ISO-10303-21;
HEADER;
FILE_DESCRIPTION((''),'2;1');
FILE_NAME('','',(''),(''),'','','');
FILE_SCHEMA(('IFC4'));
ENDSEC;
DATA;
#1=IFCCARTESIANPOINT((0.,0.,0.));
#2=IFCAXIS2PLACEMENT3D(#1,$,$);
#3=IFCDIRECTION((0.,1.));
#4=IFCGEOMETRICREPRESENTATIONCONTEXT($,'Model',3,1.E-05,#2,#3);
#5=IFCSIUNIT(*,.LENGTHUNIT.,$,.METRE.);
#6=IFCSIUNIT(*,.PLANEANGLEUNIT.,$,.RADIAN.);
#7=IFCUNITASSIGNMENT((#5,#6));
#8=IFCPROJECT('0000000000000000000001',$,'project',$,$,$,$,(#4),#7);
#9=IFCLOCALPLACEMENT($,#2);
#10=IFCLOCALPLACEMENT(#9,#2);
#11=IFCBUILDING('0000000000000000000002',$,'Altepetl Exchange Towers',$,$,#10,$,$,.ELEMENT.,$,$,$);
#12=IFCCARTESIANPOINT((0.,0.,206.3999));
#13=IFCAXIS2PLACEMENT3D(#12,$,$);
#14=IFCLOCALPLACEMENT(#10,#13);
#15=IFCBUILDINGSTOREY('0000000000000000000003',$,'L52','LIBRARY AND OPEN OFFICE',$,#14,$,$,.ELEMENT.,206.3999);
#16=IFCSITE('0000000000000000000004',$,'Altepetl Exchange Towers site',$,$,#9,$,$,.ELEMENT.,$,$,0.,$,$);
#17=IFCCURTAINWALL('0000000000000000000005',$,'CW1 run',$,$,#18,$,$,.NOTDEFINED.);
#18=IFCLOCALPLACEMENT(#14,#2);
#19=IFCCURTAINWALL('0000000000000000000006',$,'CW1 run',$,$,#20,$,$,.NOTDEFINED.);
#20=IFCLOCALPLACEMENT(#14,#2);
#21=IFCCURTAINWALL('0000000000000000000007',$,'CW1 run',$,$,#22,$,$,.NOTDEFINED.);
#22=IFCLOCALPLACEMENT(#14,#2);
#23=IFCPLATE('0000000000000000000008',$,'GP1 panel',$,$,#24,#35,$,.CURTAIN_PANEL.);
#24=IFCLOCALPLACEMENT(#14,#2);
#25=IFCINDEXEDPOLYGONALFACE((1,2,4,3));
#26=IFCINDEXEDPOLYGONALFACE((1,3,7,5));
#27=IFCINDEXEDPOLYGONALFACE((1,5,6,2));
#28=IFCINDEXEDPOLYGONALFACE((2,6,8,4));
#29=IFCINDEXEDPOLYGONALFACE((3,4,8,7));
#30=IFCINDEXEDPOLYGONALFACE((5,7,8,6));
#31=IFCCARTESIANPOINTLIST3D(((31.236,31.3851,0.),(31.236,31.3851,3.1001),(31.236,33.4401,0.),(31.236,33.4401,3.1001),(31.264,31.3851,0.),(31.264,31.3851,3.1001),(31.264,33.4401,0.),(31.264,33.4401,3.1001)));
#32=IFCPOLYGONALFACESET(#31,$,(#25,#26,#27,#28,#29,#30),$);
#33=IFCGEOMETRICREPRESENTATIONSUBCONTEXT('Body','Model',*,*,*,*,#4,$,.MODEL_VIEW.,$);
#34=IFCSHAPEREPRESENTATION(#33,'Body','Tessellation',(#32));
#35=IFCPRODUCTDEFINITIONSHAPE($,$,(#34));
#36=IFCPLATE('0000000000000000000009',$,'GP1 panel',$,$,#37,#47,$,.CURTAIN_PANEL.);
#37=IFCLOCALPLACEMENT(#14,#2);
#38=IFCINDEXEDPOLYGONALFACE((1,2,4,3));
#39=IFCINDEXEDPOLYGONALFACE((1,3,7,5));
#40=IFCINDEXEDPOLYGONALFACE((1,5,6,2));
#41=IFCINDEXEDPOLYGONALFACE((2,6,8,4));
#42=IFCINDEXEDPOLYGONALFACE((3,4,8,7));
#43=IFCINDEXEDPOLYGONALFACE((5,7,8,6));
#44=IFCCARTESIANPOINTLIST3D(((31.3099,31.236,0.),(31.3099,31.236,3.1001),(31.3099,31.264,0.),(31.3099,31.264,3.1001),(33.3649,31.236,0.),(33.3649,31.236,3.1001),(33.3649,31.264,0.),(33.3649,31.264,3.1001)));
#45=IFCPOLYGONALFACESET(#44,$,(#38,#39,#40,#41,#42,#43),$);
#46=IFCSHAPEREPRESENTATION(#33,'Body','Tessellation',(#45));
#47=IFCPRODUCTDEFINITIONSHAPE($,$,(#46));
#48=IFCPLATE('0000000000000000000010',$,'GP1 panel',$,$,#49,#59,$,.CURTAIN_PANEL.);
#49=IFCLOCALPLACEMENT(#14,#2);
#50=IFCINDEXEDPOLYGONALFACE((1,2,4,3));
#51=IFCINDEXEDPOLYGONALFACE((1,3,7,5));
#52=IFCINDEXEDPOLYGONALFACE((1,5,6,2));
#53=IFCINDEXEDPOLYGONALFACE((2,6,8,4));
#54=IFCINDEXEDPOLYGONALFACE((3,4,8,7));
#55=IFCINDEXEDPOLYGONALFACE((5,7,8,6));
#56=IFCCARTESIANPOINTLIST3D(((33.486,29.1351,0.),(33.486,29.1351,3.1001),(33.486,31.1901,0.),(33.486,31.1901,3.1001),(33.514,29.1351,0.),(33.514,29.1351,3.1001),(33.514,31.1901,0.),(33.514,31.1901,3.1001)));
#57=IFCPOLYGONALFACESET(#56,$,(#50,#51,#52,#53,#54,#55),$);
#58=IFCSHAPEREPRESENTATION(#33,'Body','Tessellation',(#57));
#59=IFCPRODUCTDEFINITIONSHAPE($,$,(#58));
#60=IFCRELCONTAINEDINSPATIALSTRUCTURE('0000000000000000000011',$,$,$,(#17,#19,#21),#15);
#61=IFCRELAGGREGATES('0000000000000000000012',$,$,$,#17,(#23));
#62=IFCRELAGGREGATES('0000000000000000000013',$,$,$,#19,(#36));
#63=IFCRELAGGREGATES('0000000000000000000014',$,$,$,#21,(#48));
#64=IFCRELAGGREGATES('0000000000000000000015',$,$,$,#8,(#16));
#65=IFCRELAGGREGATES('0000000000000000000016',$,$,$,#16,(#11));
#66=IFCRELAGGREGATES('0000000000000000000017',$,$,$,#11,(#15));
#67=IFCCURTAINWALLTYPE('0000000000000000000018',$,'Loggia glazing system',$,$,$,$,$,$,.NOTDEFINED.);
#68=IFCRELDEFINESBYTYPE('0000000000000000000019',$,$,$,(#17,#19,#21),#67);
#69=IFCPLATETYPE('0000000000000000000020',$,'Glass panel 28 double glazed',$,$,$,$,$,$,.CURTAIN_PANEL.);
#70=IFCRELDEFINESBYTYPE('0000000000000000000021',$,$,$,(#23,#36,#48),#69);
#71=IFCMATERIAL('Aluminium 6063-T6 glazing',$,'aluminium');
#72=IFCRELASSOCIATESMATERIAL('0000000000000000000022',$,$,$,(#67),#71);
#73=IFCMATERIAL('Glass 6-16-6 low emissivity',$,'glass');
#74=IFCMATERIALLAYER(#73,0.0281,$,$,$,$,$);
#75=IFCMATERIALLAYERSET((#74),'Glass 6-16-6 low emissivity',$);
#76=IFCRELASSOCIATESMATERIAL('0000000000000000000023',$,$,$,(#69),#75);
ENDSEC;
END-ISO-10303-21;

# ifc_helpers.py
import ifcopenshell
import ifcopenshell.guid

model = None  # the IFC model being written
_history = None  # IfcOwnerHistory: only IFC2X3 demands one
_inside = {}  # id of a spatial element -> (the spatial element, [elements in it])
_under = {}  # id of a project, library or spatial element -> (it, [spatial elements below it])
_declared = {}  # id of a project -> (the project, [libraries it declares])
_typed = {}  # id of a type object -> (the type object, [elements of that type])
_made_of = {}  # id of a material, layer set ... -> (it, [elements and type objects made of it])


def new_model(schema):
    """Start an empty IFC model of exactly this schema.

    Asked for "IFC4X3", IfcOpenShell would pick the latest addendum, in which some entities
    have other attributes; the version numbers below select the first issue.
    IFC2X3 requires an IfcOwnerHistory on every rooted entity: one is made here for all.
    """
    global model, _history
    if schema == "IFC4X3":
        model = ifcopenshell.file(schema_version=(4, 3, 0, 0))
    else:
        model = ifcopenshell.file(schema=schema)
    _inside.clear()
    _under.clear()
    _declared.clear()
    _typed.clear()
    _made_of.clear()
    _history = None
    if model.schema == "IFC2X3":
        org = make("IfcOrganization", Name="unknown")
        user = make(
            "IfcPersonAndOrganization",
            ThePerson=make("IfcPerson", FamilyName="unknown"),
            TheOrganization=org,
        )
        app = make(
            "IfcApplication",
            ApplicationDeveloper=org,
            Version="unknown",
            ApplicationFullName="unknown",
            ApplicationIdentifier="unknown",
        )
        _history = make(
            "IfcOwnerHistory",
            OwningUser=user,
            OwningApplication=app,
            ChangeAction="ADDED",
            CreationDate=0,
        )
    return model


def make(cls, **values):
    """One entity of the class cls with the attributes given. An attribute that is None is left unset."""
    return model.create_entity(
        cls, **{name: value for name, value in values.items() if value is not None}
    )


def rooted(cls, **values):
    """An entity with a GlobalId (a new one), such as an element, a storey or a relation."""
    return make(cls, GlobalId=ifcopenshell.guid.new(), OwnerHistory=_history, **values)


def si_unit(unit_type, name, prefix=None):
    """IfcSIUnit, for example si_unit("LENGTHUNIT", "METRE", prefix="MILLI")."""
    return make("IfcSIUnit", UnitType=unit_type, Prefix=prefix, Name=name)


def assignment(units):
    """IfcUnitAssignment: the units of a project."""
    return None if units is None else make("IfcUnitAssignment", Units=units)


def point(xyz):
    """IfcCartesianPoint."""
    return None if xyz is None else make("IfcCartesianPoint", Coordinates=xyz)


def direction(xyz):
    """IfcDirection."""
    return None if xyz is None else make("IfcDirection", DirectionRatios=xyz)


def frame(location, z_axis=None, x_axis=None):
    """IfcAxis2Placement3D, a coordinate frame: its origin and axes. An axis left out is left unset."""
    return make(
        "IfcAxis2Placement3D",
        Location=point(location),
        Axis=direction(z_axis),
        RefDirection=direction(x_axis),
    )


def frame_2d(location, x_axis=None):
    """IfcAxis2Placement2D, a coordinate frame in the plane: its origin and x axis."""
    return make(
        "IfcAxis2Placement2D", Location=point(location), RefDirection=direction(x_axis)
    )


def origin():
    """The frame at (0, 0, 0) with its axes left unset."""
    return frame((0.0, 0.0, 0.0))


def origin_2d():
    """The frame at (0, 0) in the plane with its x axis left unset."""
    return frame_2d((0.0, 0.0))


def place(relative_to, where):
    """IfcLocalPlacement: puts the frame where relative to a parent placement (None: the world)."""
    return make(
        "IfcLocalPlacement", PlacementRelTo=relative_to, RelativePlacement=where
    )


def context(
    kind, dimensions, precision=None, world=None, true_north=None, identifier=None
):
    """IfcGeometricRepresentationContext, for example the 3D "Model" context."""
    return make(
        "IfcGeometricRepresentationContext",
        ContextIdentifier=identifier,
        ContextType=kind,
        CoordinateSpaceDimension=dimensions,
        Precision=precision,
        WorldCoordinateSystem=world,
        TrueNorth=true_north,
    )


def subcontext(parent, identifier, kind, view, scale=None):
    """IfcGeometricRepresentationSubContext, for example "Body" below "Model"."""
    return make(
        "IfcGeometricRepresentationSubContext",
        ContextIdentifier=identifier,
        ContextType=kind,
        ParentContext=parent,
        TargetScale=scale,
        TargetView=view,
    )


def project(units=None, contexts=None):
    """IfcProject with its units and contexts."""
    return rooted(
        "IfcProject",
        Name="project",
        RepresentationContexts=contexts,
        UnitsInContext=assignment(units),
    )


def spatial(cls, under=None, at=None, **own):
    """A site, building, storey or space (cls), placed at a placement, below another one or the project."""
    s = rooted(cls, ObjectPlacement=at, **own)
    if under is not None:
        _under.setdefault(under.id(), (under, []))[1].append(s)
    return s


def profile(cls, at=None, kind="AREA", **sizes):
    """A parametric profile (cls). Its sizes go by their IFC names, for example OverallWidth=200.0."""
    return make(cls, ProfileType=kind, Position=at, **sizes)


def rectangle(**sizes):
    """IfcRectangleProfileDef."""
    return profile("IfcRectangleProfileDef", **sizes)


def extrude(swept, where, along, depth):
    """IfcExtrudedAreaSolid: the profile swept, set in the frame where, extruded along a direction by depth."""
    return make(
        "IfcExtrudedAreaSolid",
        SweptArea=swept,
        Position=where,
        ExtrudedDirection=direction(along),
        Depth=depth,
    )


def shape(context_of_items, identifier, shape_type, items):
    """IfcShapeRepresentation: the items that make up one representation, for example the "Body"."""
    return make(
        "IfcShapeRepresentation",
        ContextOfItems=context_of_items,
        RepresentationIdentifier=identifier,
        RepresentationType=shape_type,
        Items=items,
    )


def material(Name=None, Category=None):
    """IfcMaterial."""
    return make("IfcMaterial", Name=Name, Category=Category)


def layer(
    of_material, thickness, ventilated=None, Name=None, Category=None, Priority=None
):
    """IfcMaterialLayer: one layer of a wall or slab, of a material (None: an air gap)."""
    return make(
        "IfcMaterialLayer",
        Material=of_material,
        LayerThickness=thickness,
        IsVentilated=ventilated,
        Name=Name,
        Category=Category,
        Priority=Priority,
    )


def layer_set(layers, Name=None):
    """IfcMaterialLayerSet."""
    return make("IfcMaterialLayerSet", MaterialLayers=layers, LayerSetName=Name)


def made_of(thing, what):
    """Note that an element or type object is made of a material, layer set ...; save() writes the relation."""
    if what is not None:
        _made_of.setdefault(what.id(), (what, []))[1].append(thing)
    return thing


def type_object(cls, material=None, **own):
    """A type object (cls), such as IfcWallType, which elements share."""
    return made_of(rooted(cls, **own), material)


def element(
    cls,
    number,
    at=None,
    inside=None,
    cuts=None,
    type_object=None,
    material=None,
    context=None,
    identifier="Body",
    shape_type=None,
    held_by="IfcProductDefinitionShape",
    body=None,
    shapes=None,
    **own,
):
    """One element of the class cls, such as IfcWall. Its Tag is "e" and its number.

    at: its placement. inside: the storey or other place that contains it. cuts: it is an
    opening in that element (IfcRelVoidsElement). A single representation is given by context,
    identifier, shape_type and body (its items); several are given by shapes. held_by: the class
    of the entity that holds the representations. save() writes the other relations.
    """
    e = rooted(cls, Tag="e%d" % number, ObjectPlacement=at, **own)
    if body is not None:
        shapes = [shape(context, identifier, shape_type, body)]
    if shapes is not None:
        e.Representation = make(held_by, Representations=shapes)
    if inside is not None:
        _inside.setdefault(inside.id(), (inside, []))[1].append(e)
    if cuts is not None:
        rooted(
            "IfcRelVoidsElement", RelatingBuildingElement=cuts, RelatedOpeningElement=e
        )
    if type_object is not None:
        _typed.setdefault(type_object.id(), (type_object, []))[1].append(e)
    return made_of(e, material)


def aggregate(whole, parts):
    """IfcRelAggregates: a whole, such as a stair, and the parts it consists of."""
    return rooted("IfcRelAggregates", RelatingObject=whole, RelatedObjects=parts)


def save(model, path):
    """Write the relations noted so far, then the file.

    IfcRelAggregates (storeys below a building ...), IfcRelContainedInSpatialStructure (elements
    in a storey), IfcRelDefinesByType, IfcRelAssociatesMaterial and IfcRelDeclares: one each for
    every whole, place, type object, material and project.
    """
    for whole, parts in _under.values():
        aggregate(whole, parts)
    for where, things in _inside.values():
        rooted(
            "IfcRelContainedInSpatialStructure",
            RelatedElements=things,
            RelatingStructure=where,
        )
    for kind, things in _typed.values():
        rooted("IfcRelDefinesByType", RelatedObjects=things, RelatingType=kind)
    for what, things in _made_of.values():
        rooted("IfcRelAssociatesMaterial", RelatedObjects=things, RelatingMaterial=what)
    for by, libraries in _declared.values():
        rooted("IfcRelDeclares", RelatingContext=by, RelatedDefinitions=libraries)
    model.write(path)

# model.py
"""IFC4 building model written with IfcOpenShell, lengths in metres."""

from ifc_helpers import new_model, si_unit, direction, frame, origin, origin_2d, place, context, subcontext, project, spatial, rectangle, extrude, material, layer, layer_set, type_object, element, aggregate, save


model = new_model("IFC4")

# Units and contexts
model_context = context("Model", 3, precision=1e-05, world=origin(), true_north=direction((0.0, 1.0)))
body_context = subcontext(model_context, "Body", "Model", "MODEL_VIEW")
ifc_project = project(units=[si_unit("LENGTHUNIT", "METRE"), si_unit("PLANEANGLEUNIT", "RADIAN")], contexts=[model_context])

# Site, building, storey
site_placement = place(None, origin())
site = spatial("IfcSite", under=ifc_project, at=site_placement, Name="Altepetl Exchange Towers site", CompositionType="ELEMENT", RefElevation=0.0)
building_placement = place(site_placement, origin())
building = spatial("IfcBuilding", under=site, at=building_placement, Name="Altepetl Exchange Towers", CompositionType="ELEMENT")
storey_placement = place(building_placement, frame((0.0, 0.0, 206.3999)))
storey = spatial("IfcBuildingStorey", under=building, at=storey_placement, Name="L52", Description="LIBRARY AND OPEN OFFICE", CompositionType="ELEMENT", Elevation=206.3999)

# Shared definitions
ifc_material_1 = material(Name="Aluminium 6063-T6 glazing", Category="aluminium")
curtain_wall_type = type_object("IfcCurtainWallType", Name="Loggia glazing system", PredefinedType="NOTDEFINED", material=ifc_material_1)

# Curtain walls
curtain_wall_1_placement = place(storey_placement, origin())
curtain_wall_1 = element("IfcCurtainWall", 1, at=curtain_wall_1_placement, inside=storey, type_object=curtain_wall_type, Name="CW1 run", PredefinedType="NOTDEFINED")
curtain_wall_2_placement = place(storey_placement, origin())
curtain_wall_2 = element("IfcCurtainWall", 2, at=curtain_wall_2_placement, inside=storey, type_object=curtain_wall_type, Name="CW1 run", PredefinedType="NOTDEFINED")
curtain_wall_3_placement = place(storey_placement, origin())
curtain_wall_3 = element("IfcCurtainWall", 3, at=curtain_wall_3_placement, inside=storey, type_object=curtain_wall_type, Name="CW1 run", PredefinedType="NOTDEFINED")

# Plates
ifc_material_2 = material(Name="Glass 6-16-6 low emissivity", Category="glass")
ifc_layer = layer(ifc_material_2, 0.0281)
ifc_layer_set = layer_set([ifc_layer], Name="Glass 6-16-6 low emissivity")
plate_type = type_object("IfcPlateType", Name="Glass panel 28 double glazed", PredefinedType="CURTAIN_PANEL", material=ifc_layer_set)
plate_1_placement = place(storey_placement, frame((31.25, 32.4126, 0.0), z_axis=(0.0, 0.0, 1.0), x_axis=(0.0, -1.0, 0.0)))
plate_1 = element("IfcPlate", 4, at=plate_1_placement, type_object=plate_type, Name="GP1 panel", PredefinedType="CURTAIN_PANEL", context=body_context, shape_type="SweptSolid", body=[
    extrude(rectangle(XDim=2.0549, YDim=0.0281, at=origin_2d()), origin(), (0.0, 0.0, 1.0), 3.1001),
])
aggregate(curtain_wall_1, [plate_1])
plate_2_placement = place(storey_placement, frame((32.3374, 31.25, 0.0)))
plate_2 = element("IfcPlate", 5, at=plate_2_placement, type_object=plate_type, Name="GP1 panel", PredefinedType="CURTAIN_PANEL", context=body_context, shape_type="SweptSolid", body=[
    extrude(rectangle(XDim=2.0549, YDim=0.0281, at=origin_2d()), origin(), (0.0, 0.0, 1.0), 3.1001),
])
aggregate(curtain_wall_2, [plate_2])
plate_3_placement = place(storey_placement, frame((33.5, 30.1626, 0.0), z_axis=(0.0, 0.0, 1.0), x_axis=(0.0, -1.0, 0.0)))
plate_3 = element("IfcPlate", 6, at=plate_3_placement, type_object=plate_type, Name="GP1 panel", PredefinedType="CURTAIN_PANEL", context=body_context, shape_type="SweptSolid", body=[
    extrude(rectangle(XDim=2.0549, YDim=0.0281, at=origin_2d()), origin(), (0.0, 0.0, 1.0), 3.1001),
])
aggregate(curtain_wall_3, [plate_3])

save(model, "model.ifc")
